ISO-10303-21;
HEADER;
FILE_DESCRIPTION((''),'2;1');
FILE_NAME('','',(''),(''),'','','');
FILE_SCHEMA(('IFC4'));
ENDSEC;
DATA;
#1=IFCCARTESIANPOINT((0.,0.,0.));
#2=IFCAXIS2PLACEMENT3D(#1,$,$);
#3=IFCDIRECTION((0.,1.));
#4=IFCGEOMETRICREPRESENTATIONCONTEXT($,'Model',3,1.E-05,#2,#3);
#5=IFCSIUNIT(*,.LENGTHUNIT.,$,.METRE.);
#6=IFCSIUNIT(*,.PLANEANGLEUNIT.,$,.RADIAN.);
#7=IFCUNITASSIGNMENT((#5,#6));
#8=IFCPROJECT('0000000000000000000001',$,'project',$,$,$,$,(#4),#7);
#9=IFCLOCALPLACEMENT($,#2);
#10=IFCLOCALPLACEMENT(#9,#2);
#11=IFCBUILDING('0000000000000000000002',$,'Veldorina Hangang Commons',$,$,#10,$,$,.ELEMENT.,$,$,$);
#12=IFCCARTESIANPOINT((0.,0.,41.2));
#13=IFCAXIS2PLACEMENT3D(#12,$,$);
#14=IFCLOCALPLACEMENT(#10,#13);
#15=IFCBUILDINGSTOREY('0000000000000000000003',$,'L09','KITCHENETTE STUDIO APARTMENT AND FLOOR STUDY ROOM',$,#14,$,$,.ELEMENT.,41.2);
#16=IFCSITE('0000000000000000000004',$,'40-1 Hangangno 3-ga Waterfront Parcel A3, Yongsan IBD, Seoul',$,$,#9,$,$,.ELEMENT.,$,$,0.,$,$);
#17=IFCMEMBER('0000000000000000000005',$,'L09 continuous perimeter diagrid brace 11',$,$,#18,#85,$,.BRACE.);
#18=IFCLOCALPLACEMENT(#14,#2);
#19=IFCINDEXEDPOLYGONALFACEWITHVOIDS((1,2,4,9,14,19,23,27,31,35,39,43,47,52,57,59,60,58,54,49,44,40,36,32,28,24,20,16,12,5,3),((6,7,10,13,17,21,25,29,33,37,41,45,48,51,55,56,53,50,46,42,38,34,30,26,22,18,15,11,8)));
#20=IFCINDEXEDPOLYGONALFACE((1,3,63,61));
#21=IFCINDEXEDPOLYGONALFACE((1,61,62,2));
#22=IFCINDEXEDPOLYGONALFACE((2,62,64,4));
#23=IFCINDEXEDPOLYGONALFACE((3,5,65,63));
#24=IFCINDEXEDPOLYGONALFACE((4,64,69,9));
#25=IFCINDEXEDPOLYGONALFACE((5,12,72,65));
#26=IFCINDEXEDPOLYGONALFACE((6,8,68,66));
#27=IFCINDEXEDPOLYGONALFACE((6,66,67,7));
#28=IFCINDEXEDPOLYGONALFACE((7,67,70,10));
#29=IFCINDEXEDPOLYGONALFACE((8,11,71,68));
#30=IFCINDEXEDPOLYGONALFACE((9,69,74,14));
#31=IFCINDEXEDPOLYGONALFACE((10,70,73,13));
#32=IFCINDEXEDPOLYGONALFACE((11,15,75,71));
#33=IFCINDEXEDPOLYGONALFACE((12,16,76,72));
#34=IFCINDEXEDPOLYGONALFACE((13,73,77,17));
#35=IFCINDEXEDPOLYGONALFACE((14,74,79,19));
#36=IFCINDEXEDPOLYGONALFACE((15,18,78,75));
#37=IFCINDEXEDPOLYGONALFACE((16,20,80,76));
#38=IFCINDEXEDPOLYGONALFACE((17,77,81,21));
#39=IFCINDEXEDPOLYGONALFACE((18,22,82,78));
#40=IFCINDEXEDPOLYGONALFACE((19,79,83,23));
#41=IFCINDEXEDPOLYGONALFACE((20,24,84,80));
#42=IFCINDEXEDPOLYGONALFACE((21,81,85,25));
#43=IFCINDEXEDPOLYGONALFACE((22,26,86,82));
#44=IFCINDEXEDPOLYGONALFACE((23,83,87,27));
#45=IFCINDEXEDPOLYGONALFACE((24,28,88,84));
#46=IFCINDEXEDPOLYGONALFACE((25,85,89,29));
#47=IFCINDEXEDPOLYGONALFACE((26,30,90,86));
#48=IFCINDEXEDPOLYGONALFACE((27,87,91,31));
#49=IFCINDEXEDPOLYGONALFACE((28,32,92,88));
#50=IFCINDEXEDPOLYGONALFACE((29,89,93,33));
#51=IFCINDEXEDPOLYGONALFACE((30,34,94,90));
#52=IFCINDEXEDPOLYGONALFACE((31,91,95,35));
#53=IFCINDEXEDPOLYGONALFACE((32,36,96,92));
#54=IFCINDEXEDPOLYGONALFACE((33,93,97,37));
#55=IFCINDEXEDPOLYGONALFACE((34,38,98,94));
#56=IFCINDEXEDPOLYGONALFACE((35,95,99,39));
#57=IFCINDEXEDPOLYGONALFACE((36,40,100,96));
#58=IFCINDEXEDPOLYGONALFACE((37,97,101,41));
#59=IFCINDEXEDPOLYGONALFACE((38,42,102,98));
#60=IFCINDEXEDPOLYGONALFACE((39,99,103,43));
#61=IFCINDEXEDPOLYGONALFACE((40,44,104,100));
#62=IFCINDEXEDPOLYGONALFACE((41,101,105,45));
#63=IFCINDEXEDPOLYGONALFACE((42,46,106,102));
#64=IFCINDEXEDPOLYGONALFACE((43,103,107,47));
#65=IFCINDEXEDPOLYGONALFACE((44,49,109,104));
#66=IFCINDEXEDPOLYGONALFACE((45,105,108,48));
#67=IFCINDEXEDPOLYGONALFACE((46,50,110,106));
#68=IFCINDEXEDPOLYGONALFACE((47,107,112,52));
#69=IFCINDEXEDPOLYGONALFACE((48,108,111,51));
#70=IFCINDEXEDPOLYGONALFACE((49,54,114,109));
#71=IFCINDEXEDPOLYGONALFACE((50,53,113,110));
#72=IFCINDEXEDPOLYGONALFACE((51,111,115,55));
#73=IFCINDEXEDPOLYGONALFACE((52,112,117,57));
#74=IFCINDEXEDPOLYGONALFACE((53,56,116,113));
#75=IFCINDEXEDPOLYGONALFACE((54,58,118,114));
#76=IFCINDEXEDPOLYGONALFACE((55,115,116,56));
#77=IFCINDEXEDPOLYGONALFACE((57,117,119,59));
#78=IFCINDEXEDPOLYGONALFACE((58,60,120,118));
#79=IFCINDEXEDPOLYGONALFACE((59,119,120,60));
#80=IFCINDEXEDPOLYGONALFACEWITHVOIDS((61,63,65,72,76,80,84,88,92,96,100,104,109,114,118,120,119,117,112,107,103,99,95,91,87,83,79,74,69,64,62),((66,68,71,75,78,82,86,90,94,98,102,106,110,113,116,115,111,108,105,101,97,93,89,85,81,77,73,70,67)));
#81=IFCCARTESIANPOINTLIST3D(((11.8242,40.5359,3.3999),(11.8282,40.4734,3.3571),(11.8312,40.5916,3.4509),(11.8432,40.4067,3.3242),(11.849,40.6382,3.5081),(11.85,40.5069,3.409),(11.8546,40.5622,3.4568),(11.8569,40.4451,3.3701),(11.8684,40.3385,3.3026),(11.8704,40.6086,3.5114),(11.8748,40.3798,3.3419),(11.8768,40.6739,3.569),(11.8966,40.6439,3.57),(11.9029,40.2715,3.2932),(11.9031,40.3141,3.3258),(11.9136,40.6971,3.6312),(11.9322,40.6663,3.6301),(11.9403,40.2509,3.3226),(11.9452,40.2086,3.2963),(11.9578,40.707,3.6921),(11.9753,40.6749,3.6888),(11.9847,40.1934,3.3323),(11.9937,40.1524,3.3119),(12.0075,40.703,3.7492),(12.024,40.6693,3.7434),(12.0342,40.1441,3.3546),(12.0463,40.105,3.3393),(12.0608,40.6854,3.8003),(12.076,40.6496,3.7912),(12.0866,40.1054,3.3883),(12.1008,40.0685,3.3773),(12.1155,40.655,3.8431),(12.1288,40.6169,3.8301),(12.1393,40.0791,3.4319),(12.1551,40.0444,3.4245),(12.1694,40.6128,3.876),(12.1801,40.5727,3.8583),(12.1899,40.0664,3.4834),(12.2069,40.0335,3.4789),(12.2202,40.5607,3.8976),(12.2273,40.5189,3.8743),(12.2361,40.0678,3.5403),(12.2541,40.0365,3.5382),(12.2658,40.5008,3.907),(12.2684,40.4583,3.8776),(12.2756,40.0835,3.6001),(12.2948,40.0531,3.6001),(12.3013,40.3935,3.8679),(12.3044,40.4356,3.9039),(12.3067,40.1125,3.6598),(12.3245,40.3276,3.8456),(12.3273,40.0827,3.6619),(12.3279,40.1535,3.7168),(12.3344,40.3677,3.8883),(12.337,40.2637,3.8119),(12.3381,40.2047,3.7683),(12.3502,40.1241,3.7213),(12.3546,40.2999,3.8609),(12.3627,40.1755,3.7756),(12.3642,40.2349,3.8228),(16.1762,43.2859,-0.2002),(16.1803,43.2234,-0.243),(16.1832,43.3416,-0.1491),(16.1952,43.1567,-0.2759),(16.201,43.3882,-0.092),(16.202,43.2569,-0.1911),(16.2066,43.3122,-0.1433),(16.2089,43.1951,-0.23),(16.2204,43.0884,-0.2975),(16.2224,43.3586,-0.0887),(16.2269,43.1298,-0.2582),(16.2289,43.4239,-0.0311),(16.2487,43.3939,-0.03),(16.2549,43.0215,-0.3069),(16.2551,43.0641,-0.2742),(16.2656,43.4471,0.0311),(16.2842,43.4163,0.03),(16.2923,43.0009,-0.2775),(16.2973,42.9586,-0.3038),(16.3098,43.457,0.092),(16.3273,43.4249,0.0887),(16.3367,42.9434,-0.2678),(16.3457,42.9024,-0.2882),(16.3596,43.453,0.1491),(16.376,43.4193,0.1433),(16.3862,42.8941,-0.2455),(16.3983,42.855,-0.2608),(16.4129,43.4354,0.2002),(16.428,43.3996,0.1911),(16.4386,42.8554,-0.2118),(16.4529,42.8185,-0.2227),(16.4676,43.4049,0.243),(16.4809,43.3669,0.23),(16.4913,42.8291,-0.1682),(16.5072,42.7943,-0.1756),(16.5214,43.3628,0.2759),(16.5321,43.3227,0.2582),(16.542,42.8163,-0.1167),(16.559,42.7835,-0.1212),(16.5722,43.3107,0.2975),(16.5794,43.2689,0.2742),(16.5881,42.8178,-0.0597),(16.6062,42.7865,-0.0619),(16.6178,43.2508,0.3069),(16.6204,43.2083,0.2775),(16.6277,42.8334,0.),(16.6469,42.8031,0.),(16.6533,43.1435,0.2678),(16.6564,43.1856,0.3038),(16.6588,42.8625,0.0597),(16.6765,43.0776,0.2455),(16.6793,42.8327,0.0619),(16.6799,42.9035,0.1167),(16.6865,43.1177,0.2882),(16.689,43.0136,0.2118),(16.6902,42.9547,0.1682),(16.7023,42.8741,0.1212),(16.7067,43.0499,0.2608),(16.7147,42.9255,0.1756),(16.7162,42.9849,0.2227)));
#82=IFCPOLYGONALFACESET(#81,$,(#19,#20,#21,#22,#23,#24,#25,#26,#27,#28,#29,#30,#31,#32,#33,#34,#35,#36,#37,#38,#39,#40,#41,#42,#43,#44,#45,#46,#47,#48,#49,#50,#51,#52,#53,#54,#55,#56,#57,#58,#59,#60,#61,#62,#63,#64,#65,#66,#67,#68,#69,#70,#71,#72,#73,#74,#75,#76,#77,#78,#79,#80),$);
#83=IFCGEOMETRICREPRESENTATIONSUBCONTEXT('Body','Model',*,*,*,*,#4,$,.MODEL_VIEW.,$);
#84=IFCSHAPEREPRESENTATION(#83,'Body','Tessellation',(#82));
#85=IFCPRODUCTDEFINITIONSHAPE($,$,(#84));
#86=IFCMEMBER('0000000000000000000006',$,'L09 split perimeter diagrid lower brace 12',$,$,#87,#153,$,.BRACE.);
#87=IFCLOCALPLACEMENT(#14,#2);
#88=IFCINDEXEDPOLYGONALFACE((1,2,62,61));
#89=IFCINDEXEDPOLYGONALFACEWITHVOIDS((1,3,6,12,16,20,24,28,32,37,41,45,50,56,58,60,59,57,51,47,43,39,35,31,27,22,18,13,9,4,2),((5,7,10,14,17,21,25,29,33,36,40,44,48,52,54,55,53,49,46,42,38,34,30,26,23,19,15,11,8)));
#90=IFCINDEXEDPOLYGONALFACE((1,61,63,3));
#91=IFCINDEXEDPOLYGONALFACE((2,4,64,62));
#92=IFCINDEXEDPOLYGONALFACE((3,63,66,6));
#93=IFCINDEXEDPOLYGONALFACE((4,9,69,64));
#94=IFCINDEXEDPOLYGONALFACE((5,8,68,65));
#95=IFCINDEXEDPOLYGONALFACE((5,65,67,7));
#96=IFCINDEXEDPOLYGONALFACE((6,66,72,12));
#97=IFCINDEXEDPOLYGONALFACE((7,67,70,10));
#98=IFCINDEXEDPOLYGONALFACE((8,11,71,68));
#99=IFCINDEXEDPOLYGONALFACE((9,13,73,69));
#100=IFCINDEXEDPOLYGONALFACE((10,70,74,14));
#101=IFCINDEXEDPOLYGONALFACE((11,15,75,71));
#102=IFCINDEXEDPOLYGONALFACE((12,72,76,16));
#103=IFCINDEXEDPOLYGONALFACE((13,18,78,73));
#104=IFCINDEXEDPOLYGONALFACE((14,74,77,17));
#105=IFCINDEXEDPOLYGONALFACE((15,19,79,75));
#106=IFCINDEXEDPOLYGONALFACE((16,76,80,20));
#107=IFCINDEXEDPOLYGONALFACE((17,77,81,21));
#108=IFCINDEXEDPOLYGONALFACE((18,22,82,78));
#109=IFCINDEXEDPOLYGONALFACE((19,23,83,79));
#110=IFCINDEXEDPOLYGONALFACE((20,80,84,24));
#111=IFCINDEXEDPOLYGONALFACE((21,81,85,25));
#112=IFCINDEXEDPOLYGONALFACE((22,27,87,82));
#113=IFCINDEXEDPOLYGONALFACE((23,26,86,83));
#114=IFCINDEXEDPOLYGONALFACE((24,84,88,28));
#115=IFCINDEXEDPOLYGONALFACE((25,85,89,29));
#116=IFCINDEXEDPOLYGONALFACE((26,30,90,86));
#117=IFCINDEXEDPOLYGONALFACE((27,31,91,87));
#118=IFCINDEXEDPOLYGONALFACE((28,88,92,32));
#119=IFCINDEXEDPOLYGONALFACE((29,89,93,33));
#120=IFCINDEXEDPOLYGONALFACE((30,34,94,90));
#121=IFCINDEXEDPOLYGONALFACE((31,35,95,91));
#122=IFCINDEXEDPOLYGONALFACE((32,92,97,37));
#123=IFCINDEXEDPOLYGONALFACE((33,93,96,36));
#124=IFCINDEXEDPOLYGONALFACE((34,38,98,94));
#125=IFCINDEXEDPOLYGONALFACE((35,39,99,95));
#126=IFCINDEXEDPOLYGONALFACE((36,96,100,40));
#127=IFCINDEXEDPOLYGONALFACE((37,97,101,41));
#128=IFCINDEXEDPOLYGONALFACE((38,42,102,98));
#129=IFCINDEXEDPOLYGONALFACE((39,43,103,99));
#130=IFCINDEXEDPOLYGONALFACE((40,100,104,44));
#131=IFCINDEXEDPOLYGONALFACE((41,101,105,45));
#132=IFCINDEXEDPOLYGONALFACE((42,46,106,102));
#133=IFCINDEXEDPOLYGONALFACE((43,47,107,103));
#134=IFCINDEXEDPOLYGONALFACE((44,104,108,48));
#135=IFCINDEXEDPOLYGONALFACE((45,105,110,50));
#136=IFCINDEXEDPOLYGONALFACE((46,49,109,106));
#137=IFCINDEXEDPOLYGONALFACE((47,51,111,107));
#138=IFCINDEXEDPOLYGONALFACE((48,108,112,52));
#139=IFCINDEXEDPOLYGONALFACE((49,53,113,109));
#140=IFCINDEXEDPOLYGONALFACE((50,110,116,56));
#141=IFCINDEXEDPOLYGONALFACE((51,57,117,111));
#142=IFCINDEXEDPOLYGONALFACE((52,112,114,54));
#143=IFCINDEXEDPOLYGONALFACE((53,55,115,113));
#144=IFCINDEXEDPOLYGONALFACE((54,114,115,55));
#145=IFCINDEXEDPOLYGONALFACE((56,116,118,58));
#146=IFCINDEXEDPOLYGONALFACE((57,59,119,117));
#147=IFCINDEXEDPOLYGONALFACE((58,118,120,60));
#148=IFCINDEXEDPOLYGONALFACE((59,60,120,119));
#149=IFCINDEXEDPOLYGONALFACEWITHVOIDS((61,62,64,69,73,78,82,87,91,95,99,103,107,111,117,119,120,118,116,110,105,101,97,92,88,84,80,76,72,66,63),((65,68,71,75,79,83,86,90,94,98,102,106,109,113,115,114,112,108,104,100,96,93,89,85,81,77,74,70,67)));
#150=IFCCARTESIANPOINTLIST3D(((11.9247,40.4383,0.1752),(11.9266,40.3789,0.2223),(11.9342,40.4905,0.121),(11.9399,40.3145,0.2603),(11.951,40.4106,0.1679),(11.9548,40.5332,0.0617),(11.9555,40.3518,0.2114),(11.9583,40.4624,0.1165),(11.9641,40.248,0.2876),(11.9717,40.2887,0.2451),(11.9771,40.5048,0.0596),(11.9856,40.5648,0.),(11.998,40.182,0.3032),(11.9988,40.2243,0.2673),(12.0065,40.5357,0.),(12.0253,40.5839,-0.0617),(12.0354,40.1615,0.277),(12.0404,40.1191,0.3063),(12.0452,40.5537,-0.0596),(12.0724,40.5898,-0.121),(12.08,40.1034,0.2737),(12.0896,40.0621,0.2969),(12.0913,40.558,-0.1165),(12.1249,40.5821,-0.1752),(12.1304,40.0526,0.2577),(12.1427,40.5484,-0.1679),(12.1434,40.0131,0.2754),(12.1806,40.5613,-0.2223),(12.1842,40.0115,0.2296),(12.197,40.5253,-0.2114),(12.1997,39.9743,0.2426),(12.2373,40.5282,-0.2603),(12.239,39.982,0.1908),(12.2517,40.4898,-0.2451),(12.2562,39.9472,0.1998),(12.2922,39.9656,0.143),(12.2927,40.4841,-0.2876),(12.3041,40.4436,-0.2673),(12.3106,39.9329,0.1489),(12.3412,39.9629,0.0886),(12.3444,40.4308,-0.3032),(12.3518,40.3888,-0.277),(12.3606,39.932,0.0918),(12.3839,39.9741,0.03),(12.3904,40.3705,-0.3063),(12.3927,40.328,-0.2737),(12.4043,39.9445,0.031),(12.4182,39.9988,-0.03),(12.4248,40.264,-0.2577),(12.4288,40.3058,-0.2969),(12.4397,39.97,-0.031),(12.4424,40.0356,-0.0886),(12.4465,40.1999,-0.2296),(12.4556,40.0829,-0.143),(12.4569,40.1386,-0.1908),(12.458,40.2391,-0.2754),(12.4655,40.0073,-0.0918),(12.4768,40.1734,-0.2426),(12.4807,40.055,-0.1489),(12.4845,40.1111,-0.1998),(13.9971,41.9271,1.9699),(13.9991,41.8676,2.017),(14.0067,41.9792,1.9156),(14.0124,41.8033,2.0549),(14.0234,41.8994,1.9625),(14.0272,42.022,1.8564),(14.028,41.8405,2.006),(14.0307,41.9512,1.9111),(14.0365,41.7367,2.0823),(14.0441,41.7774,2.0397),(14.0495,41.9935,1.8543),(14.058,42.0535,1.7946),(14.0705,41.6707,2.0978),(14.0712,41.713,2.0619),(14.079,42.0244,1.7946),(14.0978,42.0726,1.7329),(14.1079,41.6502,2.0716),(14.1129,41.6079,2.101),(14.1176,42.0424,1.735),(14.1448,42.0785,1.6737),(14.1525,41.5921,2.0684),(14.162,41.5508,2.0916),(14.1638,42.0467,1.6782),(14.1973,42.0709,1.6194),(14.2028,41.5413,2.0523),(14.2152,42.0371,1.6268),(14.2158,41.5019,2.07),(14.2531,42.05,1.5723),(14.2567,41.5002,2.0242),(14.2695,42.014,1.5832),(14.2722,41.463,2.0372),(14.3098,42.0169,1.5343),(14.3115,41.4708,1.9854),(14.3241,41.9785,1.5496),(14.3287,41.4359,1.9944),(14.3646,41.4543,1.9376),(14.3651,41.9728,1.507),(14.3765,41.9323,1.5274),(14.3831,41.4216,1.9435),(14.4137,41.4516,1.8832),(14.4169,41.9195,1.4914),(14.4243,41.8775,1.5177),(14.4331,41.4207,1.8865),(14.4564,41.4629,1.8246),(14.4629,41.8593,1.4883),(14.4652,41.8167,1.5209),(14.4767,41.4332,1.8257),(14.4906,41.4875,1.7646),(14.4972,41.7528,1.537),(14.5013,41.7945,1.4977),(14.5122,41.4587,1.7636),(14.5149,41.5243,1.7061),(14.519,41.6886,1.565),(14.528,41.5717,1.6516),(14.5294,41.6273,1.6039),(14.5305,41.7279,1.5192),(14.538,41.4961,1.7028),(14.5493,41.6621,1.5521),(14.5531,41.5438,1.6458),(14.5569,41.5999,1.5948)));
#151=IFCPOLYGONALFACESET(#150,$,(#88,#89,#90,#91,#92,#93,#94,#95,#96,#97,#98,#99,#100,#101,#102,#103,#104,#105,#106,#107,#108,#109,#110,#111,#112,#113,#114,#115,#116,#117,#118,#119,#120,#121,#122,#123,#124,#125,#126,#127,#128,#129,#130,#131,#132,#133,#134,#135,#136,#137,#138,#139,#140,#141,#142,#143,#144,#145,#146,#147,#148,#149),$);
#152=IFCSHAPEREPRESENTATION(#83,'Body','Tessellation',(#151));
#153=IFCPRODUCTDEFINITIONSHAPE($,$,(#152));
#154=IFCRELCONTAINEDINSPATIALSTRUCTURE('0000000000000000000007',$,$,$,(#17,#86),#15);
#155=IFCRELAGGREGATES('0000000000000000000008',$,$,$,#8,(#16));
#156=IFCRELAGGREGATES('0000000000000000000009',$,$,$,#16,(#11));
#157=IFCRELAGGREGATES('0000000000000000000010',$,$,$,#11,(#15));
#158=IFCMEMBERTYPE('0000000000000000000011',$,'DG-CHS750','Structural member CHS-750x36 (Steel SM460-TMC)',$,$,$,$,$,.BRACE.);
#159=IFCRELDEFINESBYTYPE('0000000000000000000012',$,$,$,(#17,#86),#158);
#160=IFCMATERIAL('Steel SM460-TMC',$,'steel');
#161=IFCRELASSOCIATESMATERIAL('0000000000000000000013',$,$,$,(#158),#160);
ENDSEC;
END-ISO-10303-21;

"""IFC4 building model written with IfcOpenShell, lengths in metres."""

from ifc_helpers import new_model, si_unit, direction, frame, origin, origin_2d, place, context, subcontext, project, spatial, hollow_circle, extrude, material, material_profile, profile_set, type_object, element, save


model = new_model("IFC4")

# Units and contexts
model_context = context("Model", 3, precision=1e-05, world=origin(), true_north=direction((0.0, 1.0)))
body_context = subcontext(model_context, "Body", "Model", "MODEL_VIEW")
ifc_project = project(units=[si_unit("LENGTHUNIT", "METRE"), si_unit("PLANEANGLEUNIT", "RADIAN")], contexts=[model_context])

# Site, building, storey
site_placement = place(None, origin())
site = spatial("IfcSite", under=ifc_project, at=site_placement, Name="40-1 Hangangno 3-ga Waterfront Parcel A3, Yongsan IBD, Seoul", CompositionType="ELEMENT", RefElevation=0.0)
building_placement = place(site_placement, origin())
building = spatial("IfcBuilding", under=site, at=building_placement, Name="Veldorina Hangang Commons", CompositionType="ELEMENT")
storey_placement = place(building_placement, frame((0.0, 0.0, 41.2)))
storey = spatial("IfcBuildingStorey", under=building, at=storey_placement, Name="L09", Description="KITCHENETTE STUDIO APARTMENT AND FLOOR STUDY ROOM", CompositionType="ELEMENT", Elevation=41.2)

# Shared definitions
ifc_material_1 = material(Name="Steel SM460-TMC", Category="steel")

# Members
ifc_material_profile_1 = material_profile(ifc_material_1, hollow_circle(Radius=0.375, WallThickness=0.0359, at=origin_2d()), Name="CHS-750x36")
ifc_profile_set_1 = profile_set([ifc_material_profile_1], Name="Steel SM460-TMC")
member_type = type_object("IfcMemberType", Name="DG-CHS750", Description="Structural member CHS-750x36 (Steel SM460-TMC)", PredefinedType="BRACE", material=ifc_profile_set_1)
member_1_placement = place(storey_placement, frame((16.4465, 43.1201, 0.0), z_axis=(-0.692781, -0.437759, 0.573081), x_axis=(0.534179, -0.845372, 0.0)))
element("IfcMember", 1, at=member_1_placement, inside=storey, type_object=member_type, Name="L09 continuous perimeter diagrid brace 11", PredefinedType="BRACE", context=body_context, shape_type="SweptSolid", body=[
    extrude(hollow_circle(Radius=0.375, WallThickness=0.0359, at=origin_2d()), origin(), (0.0, 0.0, 1.0), 6.282),
])
member_2_placement = place(storey_placement, frame((12.2043, 40.2603, 0.0), z_axis=(0.664327, 0.477214, 0.57527), x_axis=(-0.583417, 0.812173, 0.0)))
element("IfcMember", 2, at=member_2_placement, inside=storey, type_object=member_type, Name="L09 split perimeter diagrid lower brace 12", PredefinedType="BRACE", context=body_context, shape_type="SweptSolid", body=[
    extrude(hollow_circle(Radius=0.375, WallThickness=0.0359, at=origin_2d()), origin(), (0.0, 0.0, 1.0), 3.1196),
])

save(model, "model.ifc")
